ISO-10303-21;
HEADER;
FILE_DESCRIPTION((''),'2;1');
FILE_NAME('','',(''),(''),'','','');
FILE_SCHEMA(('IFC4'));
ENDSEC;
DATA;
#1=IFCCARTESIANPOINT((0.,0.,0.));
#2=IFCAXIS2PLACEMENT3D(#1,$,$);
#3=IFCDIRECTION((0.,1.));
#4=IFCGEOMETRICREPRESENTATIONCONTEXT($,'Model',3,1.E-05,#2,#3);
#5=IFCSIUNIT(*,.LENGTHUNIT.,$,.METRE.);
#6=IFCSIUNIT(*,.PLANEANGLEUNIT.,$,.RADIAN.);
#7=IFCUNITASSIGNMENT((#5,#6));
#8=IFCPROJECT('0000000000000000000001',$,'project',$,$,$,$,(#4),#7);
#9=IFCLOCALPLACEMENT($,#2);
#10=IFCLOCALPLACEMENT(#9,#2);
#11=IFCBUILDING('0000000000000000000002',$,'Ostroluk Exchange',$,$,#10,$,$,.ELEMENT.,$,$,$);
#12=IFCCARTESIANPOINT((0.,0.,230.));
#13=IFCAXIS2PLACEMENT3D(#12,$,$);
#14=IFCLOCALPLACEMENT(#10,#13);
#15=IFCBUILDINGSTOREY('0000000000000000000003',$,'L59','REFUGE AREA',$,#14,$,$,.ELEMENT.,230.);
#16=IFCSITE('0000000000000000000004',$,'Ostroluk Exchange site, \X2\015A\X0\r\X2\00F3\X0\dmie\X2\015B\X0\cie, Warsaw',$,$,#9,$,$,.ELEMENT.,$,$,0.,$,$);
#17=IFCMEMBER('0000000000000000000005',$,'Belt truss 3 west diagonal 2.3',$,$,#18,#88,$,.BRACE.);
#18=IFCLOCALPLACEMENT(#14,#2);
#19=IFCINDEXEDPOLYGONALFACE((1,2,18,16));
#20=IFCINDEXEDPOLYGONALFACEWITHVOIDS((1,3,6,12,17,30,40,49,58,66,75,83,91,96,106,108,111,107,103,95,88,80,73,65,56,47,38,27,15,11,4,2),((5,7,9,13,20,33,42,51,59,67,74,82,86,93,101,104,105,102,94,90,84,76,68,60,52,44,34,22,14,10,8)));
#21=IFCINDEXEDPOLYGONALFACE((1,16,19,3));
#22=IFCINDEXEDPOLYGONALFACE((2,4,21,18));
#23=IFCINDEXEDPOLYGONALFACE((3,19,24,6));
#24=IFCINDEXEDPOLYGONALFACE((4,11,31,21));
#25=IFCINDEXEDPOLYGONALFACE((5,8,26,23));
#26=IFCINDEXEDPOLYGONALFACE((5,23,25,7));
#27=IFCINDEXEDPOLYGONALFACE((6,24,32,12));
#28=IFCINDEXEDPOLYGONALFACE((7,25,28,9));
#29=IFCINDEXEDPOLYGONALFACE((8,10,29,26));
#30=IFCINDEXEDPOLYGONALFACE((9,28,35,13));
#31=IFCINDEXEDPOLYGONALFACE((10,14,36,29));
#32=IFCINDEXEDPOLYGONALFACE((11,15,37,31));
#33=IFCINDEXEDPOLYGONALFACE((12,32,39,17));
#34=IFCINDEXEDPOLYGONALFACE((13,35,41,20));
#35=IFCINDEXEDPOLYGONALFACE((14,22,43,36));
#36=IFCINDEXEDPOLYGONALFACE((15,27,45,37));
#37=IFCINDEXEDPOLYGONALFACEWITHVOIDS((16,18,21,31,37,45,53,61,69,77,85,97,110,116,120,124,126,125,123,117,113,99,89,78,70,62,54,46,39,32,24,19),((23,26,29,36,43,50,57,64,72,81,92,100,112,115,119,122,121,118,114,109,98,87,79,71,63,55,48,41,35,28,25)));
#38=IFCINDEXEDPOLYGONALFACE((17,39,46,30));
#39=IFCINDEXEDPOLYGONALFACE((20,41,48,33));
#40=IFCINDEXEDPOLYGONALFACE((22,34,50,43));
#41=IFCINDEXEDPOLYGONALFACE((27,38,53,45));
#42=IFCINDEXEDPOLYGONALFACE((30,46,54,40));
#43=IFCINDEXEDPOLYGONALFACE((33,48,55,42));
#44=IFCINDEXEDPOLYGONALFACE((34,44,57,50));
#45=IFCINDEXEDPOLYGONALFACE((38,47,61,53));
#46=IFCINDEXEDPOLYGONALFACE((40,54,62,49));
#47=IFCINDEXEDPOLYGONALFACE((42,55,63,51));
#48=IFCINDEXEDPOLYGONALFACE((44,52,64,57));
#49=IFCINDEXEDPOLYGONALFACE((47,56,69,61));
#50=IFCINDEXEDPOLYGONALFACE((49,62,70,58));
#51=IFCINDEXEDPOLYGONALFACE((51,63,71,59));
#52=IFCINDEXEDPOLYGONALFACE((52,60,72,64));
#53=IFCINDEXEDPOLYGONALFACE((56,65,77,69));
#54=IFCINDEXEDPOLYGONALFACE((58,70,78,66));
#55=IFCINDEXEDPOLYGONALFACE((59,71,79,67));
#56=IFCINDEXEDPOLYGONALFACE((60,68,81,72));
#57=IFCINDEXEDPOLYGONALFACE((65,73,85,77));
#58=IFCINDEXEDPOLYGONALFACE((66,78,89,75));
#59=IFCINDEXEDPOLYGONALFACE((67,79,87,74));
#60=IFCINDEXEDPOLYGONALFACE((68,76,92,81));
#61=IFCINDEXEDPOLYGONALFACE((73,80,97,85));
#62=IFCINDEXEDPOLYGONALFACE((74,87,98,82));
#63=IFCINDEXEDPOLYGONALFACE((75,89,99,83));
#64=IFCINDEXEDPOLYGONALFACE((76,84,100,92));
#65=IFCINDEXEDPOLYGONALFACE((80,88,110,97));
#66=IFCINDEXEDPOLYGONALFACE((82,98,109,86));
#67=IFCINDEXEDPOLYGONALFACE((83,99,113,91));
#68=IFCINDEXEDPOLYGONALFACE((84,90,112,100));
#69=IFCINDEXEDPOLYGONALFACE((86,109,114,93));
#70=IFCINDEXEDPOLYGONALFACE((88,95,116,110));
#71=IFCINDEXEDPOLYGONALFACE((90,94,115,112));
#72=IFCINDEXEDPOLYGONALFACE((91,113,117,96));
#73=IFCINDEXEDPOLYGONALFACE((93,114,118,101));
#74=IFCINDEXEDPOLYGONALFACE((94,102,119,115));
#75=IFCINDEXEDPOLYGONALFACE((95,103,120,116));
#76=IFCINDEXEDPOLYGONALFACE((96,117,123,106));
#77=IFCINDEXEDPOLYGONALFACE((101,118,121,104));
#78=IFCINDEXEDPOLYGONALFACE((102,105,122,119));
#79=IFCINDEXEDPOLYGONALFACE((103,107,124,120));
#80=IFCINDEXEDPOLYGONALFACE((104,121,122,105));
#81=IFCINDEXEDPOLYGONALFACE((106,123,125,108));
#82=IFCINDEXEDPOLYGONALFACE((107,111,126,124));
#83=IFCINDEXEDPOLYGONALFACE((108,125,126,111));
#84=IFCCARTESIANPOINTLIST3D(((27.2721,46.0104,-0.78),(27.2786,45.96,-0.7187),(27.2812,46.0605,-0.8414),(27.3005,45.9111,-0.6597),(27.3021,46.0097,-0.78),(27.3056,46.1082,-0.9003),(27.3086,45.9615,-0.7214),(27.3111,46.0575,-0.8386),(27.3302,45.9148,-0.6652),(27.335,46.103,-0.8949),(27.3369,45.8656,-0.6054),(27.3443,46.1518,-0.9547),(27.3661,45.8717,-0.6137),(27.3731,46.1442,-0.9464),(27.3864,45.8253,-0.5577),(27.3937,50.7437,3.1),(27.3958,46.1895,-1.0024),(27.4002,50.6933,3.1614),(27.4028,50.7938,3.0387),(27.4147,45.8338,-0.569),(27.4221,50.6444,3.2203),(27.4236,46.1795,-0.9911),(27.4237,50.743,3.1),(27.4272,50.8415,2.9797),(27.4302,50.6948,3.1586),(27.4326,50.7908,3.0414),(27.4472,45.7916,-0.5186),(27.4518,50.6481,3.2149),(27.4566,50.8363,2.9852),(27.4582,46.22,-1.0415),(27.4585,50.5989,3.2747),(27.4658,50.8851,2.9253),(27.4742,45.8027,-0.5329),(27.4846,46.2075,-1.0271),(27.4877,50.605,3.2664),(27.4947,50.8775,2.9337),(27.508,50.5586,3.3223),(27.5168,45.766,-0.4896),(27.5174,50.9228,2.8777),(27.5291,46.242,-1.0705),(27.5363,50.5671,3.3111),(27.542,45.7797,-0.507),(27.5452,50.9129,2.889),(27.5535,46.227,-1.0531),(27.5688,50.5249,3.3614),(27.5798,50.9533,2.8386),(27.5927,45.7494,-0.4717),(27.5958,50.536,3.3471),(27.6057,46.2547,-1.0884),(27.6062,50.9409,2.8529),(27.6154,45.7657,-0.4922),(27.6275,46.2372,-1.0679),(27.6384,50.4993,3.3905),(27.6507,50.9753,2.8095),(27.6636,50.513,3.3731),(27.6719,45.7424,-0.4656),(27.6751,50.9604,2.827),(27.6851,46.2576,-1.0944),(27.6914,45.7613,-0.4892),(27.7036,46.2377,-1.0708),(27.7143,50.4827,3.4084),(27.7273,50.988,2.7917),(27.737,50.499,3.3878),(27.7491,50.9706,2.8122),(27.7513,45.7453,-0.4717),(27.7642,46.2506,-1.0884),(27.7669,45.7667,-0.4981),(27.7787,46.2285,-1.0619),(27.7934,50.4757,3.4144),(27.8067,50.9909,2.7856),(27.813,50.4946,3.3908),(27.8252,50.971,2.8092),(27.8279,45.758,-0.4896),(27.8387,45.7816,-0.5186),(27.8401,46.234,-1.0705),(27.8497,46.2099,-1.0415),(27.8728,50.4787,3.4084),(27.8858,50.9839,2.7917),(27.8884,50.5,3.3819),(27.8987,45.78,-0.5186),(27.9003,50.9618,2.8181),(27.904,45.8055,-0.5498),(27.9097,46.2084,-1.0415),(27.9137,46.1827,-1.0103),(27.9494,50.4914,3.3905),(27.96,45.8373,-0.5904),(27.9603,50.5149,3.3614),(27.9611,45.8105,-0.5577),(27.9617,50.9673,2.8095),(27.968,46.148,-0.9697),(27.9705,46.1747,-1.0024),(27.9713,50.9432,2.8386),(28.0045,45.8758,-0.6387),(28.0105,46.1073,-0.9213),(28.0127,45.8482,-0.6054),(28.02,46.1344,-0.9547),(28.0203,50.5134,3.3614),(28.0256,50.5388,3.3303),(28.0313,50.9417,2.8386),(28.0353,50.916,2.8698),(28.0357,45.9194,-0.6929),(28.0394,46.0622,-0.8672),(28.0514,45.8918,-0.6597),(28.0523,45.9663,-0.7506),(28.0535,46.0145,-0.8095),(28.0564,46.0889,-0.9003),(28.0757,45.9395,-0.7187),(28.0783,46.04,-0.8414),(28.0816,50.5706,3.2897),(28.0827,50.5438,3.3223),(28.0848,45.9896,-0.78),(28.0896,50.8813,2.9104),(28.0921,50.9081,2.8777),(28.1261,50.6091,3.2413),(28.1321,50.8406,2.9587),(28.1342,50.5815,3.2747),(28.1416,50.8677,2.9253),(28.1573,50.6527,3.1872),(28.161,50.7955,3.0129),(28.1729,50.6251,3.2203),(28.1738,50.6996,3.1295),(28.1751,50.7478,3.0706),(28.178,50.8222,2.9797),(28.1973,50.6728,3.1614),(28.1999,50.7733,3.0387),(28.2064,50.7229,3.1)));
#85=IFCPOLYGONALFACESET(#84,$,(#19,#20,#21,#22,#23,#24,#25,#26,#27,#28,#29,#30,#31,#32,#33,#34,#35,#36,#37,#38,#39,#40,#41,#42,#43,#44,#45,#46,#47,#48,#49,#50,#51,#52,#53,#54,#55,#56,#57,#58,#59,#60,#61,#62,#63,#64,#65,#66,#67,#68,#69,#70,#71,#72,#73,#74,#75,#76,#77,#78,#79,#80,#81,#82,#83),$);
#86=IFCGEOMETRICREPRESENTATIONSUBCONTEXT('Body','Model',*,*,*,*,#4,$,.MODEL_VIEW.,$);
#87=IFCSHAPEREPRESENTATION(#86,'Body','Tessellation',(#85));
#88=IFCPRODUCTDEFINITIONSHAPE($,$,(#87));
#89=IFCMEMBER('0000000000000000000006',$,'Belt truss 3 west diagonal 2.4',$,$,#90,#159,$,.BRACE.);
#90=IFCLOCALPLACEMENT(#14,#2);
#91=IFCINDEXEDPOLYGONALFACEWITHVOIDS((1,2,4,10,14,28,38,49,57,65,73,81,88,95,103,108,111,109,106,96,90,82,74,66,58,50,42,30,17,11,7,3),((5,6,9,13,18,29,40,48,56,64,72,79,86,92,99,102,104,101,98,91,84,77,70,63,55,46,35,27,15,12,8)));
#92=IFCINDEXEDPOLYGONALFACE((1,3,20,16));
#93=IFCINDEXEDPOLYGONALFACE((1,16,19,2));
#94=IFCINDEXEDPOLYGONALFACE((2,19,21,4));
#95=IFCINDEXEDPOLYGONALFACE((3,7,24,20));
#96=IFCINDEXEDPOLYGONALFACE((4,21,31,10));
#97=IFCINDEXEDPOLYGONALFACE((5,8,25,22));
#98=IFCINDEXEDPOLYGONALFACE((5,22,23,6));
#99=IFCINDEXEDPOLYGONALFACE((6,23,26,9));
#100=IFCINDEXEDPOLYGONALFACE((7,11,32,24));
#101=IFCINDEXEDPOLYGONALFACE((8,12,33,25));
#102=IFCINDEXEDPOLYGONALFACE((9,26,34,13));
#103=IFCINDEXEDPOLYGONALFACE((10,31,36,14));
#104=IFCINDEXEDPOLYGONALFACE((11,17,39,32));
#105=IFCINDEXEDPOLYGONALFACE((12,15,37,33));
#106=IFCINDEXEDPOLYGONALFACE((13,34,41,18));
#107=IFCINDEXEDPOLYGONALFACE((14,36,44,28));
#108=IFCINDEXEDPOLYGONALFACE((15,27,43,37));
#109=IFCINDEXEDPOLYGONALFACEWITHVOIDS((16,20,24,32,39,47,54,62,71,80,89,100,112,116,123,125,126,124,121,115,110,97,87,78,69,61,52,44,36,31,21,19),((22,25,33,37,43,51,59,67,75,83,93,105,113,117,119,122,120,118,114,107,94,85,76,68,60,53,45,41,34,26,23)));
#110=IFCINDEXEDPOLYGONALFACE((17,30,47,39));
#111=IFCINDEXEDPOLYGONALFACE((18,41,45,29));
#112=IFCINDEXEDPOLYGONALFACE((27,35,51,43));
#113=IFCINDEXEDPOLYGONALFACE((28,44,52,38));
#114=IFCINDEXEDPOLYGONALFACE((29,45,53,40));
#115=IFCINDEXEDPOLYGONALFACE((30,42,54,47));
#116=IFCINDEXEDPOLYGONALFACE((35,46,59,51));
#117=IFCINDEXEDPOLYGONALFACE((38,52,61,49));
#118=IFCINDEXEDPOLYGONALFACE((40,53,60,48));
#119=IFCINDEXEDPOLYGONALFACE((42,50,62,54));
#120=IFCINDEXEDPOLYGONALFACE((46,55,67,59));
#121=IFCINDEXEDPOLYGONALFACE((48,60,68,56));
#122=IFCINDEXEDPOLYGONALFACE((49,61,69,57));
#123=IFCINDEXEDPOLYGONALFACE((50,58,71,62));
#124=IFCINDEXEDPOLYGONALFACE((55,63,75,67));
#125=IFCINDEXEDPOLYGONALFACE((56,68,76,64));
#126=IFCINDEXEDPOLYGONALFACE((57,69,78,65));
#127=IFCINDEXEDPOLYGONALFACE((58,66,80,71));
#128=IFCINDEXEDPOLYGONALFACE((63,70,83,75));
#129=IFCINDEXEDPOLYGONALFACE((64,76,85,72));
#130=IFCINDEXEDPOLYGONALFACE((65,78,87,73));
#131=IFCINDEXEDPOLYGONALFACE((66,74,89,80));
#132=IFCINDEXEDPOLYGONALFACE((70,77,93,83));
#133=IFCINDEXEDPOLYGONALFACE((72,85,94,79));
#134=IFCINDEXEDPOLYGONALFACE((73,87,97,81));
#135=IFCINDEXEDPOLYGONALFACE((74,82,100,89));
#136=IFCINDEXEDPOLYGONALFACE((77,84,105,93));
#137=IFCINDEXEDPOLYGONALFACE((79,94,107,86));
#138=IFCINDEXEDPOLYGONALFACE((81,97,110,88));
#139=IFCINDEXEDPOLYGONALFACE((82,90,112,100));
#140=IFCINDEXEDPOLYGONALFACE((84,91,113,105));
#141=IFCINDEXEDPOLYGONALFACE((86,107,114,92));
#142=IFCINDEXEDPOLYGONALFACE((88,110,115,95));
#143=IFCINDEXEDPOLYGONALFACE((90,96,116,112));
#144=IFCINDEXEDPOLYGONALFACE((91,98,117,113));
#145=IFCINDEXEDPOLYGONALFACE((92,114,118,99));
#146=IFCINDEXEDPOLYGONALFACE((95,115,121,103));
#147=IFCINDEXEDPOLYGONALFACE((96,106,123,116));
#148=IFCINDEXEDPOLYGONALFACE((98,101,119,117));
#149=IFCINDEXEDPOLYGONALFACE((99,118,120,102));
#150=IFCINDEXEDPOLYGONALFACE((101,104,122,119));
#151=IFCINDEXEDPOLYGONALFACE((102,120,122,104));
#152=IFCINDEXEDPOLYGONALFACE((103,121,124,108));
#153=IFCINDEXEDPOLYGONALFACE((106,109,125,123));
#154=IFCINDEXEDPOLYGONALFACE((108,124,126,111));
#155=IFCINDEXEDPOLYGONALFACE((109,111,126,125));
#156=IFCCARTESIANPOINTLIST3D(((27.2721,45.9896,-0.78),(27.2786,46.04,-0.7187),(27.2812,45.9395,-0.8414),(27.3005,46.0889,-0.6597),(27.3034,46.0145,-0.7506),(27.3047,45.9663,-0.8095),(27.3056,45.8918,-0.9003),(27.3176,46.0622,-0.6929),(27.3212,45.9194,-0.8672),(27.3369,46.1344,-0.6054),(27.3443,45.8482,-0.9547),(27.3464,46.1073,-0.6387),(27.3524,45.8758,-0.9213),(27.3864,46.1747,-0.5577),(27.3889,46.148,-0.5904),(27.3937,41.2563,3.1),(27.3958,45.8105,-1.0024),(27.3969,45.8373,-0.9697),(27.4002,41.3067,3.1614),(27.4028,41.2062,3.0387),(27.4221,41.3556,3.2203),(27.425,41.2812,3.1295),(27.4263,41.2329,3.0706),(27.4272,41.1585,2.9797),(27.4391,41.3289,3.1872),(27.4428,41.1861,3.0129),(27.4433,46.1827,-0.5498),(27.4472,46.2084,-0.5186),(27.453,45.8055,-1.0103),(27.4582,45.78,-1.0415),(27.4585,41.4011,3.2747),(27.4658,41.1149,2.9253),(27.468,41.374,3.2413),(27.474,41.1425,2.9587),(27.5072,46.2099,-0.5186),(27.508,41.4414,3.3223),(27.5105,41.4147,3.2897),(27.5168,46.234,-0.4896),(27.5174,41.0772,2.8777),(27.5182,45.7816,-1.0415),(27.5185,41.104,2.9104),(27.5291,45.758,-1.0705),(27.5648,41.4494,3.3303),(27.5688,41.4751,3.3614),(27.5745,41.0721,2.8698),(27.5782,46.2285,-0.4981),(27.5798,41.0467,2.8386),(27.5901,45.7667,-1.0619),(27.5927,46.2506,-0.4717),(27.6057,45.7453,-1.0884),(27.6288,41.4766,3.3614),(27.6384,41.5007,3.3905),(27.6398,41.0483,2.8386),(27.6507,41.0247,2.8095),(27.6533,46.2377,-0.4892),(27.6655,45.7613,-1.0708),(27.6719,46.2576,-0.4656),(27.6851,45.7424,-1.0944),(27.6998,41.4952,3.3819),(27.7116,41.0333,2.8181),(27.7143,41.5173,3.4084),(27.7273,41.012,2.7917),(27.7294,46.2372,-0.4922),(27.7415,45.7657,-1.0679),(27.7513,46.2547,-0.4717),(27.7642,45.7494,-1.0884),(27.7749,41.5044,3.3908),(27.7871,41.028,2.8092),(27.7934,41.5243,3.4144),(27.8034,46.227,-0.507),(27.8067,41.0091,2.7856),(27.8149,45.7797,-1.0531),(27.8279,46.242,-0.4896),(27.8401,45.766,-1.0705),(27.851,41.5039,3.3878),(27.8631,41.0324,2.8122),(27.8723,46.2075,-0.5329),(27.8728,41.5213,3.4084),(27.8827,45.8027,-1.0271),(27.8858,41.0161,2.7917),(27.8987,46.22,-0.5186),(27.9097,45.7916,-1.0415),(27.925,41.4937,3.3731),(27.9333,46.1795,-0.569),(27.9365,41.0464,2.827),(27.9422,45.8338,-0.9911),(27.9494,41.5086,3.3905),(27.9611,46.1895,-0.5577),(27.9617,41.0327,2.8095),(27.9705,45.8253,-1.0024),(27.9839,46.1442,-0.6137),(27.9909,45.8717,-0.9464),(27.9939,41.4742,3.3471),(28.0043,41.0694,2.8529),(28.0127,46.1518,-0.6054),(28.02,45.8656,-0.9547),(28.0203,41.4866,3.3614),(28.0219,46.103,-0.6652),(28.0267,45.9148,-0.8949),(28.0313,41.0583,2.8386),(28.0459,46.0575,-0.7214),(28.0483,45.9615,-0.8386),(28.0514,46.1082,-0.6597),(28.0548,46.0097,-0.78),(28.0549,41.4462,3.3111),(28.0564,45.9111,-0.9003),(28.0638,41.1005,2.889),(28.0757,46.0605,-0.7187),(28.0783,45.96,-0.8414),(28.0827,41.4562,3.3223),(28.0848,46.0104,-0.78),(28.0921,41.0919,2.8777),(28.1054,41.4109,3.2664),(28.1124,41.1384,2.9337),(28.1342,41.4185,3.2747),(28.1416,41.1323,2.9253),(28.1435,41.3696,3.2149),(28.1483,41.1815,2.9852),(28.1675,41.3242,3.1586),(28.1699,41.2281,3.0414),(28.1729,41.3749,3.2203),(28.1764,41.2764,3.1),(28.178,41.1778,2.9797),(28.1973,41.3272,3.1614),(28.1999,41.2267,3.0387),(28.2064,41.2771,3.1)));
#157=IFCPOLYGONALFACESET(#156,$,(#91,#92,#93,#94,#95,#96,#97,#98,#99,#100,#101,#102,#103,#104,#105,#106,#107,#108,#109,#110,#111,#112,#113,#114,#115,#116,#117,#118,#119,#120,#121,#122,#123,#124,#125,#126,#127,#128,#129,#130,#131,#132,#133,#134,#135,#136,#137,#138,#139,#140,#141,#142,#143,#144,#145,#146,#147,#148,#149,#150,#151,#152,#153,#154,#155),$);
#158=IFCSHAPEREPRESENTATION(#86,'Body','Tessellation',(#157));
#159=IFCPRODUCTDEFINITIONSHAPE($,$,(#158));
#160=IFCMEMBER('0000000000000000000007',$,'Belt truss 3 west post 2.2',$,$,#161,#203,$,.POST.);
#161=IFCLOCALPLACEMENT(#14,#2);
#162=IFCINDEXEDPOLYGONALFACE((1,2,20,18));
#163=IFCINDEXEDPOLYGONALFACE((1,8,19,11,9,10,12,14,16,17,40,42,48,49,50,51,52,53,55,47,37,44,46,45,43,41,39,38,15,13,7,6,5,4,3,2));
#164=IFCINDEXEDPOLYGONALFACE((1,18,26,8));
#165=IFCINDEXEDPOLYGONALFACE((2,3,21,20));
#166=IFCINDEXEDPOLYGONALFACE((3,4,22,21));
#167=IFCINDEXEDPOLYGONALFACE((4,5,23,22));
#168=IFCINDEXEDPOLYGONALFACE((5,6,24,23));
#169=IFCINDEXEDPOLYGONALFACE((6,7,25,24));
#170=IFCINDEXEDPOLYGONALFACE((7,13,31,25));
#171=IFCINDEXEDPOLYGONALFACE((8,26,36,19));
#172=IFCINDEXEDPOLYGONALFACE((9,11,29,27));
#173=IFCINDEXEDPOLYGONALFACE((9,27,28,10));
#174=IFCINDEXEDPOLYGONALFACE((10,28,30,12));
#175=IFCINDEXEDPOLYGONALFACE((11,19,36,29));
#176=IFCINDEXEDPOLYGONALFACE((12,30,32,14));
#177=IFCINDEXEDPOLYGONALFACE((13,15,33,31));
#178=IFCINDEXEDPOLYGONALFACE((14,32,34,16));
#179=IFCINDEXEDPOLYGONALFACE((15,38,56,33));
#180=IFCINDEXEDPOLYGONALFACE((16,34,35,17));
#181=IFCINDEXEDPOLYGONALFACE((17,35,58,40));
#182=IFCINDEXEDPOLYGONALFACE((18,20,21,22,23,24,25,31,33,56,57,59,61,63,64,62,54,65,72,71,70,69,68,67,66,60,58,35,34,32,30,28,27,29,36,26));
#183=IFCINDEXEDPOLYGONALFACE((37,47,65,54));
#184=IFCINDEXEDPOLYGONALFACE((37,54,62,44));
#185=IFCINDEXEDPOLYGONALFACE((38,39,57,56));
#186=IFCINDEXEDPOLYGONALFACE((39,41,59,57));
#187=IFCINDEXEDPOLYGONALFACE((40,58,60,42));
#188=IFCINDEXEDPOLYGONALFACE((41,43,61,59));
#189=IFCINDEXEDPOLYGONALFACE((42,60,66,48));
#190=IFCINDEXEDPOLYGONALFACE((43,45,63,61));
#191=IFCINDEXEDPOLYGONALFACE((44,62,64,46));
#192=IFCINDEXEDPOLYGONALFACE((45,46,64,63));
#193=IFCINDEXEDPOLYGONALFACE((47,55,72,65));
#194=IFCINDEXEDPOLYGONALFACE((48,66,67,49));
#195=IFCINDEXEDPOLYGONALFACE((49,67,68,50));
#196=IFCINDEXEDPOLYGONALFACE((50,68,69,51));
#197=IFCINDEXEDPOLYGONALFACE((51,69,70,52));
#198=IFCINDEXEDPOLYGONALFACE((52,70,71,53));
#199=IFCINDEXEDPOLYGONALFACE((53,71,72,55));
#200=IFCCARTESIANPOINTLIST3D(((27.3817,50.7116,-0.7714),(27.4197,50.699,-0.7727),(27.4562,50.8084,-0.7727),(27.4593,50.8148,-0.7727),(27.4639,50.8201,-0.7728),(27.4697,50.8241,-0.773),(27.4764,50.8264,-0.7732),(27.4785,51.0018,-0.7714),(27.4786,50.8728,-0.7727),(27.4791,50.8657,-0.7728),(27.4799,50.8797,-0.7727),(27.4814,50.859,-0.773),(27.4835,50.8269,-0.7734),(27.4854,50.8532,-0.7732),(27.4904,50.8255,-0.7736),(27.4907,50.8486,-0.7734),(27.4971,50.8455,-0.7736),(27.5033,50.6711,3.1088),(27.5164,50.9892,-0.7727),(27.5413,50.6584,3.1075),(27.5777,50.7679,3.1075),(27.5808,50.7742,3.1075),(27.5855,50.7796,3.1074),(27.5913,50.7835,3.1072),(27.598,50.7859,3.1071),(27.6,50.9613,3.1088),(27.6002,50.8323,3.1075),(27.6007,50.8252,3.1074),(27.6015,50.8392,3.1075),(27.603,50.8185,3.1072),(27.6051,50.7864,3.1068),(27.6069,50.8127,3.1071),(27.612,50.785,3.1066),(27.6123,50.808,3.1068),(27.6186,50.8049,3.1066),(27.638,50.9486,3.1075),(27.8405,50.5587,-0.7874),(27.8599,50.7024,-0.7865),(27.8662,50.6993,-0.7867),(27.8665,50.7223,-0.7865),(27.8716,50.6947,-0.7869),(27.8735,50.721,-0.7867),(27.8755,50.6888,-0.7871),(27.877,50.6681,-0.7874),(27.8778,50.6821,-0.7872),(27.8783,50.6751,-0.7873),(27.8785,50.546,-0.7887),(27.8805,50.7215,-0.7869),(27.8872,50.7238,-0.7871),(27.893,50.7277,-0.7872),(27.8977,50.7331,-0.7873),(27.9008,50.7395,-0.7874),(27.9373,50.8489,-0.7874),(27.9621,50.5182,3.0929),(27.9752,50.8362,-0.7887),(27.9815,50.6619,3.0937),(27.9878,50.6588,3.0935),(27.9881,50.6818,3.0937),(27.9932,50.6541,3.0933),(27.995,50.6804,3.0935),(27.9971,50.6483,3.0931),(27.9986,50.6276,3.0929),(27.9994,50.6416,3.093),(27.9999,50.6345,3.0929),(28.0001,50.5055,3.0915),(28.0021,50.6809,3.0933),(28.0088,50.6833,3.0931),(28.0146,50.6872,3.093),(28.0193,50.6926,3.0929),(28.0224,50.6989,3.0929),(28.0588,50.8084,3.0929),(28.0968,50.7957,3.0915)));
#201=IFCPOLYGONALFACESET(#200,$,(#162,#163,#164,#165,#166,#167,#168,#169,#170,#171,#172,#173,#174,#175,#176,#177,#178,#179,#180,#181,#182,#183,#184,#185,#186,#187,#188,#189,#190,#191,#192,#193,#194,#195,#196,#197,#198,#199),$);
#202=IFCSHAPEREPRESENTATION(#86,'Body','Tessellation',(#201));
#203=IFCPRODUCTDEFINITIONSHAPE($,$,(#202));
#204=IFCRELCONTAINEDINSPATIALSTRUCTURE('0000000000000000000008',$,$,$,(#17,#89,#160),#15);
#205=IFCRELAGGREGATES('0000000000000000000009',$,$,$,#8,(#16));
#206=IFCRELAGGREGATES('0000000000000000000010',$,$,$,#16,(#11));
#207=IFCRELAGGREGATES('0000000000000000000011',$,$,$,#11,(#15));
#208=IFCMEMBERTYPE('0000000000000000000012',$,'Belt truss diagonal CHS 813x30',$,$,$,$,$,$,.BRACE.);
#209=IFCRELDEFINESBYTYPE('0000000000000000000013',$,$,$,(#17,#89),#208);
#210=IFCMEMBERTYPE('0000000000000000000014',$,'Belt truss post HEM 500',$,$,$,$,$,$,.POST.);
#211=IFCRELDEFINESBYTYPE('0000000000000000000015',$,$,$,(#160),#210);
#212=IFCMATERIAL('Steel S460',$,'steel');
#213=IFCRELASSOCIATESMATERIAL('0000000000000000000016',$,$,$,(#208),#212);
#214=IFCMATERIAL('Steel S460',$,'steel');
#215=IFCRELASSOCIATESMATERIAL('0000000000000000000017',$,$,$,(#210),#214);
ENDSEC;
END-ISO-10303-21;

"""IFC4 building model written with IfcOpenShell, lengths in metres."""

from ifc_helpers import new_model, si_unit, direction, frame, origin, origin_2d, place, context, subcontext, project, spatial, hollow_circle, i_section, extrude, material, material_profile, profile_set, type_object, element, save


model = new_model("IFC4")

# Units and contexts
model_context = context("Model", 3, precision=1e-05, world=origin(), true_north=direction((0.0, 1.0)))
body_context = subcontext(model_context, "Body", "Model", "MODEL_VIEW")
ifc_project = project(units=[si_unit("LENGTHUNIT", "METRE"), si_unit("PLANEANGLEUNIT", "RADIAN")], contexts=[model_context])

# Site, building, storey
site_placement = place(None, origin())
site = spatial("IfcSite", under=ifc_project, at=site_placement, Name="Ostroluk Exchange site, Śródmieście, Warsaw", CompositionType="ELEMENT", RefElevation=0.0)
building_placement = place(site_placement, origin())
building = spatial("IfcBuilding", under=site, at=building_placement, Name="Ostroluk Exchange", CompositionType="ELEMENT")
storey_placement = place(building_placement, frame((0.0, 0.0, 230.0)))
storey = spatial("IfcBuildingStorey", under=building, at=storey_placement, Name="L59", Description="REFUGE AREA", CompositionType="ELEMENT", Elevation=230.0)

# Members
ifc_material_1 = material(Name="Steel S460", Category="steel")
ifc_material_profile_1 = material_profile(ifc_material_1, hollow_circle(Radius=0.4065, WallThickness=0.03, at=origin_2d()), Name="CHS 813x30")
ifc_profile_set_1 = profile_set([ifc_material_profile_1], Name="Steel S460")
member_type_1 = type_object("IfcMemberType", Name="Belt truss diagonal CHS 813x30", PredefinedType="BRACE", material=ifc_profile_set_1)
for number, where, z_axis, x_axis, name in (
    (1, (27.6785, 46.0, -0.78), (0.019861, 0.773216, 0.633831), (-0.99967, 0.025678, 0.0), "Belt truss 3 west diagonal 2.3"),
    (2, (27.6785, 46.0, -0.78), (0.019861, -0.773216, 0.633831), (0.99967, 0.025678, 0.0), "Belt truss 3 west diagonal 2.4"),
):
    element("IfcMember", number, at=place(storey_placement, frame(where, z_axis=z_axis, x_axis=x_axis)), inside=storey, type_object=member_type_1, Name=name, PredefinedType="BRACE", context=body_context, shape_type="SweptSolid", body=[
        extrude(hollow_circle(Radius=0.4065, WallThickness=0.03, at=origin_2d()), origin(), (0.0, 0.0, 1.0), 6.1216),
    ])
ifc_material_2 = material(Name="Steel S460", Category="steel")
ifc_material_profile_2 = material_profile(ifc_material_2, i_section(OverallWidth=0.3059, OverallDepth=0.5239, WebThickness=0.021, FlangeThickness=0.04, FilletRadius=0.0271, at=origin_2d()), Name="HEM 500")
ifc_profile_set_2 = profile_set([ifc_material_profile_2], Name="Steel S460")
member_type_2 = type_object("IfcMemberType", Name="Belt truss post HEM 500", PredefinedType="POST", material=ifc_profile_set_2)
member_1_placement = place(storey_placement, frame((27.6785, 50.7739, -0.78), z_axis=(0.031317, -0.010439, 0.999455), x_axis=(0.316228, 0.948683, 0.0)))
element("IfcMember", 3, at=member_1_placement, inside=storey, type_object=member_type_2, Name="Belt truss 3 west post 2.2", PredefinedType="POST", context=body_context, shape_type="SweptSolid", body=[
    extrude(i_section(OverallWidth=0.3059, OverallDepth=0.5239, WebThickness=0.021, FlangeThickness=0.04, FilletRadius=0.0271, at=origin_2d()), origin(), (0.0, 0.0, 1.0), 3.8823),
])

save(model, "model.ifc")
